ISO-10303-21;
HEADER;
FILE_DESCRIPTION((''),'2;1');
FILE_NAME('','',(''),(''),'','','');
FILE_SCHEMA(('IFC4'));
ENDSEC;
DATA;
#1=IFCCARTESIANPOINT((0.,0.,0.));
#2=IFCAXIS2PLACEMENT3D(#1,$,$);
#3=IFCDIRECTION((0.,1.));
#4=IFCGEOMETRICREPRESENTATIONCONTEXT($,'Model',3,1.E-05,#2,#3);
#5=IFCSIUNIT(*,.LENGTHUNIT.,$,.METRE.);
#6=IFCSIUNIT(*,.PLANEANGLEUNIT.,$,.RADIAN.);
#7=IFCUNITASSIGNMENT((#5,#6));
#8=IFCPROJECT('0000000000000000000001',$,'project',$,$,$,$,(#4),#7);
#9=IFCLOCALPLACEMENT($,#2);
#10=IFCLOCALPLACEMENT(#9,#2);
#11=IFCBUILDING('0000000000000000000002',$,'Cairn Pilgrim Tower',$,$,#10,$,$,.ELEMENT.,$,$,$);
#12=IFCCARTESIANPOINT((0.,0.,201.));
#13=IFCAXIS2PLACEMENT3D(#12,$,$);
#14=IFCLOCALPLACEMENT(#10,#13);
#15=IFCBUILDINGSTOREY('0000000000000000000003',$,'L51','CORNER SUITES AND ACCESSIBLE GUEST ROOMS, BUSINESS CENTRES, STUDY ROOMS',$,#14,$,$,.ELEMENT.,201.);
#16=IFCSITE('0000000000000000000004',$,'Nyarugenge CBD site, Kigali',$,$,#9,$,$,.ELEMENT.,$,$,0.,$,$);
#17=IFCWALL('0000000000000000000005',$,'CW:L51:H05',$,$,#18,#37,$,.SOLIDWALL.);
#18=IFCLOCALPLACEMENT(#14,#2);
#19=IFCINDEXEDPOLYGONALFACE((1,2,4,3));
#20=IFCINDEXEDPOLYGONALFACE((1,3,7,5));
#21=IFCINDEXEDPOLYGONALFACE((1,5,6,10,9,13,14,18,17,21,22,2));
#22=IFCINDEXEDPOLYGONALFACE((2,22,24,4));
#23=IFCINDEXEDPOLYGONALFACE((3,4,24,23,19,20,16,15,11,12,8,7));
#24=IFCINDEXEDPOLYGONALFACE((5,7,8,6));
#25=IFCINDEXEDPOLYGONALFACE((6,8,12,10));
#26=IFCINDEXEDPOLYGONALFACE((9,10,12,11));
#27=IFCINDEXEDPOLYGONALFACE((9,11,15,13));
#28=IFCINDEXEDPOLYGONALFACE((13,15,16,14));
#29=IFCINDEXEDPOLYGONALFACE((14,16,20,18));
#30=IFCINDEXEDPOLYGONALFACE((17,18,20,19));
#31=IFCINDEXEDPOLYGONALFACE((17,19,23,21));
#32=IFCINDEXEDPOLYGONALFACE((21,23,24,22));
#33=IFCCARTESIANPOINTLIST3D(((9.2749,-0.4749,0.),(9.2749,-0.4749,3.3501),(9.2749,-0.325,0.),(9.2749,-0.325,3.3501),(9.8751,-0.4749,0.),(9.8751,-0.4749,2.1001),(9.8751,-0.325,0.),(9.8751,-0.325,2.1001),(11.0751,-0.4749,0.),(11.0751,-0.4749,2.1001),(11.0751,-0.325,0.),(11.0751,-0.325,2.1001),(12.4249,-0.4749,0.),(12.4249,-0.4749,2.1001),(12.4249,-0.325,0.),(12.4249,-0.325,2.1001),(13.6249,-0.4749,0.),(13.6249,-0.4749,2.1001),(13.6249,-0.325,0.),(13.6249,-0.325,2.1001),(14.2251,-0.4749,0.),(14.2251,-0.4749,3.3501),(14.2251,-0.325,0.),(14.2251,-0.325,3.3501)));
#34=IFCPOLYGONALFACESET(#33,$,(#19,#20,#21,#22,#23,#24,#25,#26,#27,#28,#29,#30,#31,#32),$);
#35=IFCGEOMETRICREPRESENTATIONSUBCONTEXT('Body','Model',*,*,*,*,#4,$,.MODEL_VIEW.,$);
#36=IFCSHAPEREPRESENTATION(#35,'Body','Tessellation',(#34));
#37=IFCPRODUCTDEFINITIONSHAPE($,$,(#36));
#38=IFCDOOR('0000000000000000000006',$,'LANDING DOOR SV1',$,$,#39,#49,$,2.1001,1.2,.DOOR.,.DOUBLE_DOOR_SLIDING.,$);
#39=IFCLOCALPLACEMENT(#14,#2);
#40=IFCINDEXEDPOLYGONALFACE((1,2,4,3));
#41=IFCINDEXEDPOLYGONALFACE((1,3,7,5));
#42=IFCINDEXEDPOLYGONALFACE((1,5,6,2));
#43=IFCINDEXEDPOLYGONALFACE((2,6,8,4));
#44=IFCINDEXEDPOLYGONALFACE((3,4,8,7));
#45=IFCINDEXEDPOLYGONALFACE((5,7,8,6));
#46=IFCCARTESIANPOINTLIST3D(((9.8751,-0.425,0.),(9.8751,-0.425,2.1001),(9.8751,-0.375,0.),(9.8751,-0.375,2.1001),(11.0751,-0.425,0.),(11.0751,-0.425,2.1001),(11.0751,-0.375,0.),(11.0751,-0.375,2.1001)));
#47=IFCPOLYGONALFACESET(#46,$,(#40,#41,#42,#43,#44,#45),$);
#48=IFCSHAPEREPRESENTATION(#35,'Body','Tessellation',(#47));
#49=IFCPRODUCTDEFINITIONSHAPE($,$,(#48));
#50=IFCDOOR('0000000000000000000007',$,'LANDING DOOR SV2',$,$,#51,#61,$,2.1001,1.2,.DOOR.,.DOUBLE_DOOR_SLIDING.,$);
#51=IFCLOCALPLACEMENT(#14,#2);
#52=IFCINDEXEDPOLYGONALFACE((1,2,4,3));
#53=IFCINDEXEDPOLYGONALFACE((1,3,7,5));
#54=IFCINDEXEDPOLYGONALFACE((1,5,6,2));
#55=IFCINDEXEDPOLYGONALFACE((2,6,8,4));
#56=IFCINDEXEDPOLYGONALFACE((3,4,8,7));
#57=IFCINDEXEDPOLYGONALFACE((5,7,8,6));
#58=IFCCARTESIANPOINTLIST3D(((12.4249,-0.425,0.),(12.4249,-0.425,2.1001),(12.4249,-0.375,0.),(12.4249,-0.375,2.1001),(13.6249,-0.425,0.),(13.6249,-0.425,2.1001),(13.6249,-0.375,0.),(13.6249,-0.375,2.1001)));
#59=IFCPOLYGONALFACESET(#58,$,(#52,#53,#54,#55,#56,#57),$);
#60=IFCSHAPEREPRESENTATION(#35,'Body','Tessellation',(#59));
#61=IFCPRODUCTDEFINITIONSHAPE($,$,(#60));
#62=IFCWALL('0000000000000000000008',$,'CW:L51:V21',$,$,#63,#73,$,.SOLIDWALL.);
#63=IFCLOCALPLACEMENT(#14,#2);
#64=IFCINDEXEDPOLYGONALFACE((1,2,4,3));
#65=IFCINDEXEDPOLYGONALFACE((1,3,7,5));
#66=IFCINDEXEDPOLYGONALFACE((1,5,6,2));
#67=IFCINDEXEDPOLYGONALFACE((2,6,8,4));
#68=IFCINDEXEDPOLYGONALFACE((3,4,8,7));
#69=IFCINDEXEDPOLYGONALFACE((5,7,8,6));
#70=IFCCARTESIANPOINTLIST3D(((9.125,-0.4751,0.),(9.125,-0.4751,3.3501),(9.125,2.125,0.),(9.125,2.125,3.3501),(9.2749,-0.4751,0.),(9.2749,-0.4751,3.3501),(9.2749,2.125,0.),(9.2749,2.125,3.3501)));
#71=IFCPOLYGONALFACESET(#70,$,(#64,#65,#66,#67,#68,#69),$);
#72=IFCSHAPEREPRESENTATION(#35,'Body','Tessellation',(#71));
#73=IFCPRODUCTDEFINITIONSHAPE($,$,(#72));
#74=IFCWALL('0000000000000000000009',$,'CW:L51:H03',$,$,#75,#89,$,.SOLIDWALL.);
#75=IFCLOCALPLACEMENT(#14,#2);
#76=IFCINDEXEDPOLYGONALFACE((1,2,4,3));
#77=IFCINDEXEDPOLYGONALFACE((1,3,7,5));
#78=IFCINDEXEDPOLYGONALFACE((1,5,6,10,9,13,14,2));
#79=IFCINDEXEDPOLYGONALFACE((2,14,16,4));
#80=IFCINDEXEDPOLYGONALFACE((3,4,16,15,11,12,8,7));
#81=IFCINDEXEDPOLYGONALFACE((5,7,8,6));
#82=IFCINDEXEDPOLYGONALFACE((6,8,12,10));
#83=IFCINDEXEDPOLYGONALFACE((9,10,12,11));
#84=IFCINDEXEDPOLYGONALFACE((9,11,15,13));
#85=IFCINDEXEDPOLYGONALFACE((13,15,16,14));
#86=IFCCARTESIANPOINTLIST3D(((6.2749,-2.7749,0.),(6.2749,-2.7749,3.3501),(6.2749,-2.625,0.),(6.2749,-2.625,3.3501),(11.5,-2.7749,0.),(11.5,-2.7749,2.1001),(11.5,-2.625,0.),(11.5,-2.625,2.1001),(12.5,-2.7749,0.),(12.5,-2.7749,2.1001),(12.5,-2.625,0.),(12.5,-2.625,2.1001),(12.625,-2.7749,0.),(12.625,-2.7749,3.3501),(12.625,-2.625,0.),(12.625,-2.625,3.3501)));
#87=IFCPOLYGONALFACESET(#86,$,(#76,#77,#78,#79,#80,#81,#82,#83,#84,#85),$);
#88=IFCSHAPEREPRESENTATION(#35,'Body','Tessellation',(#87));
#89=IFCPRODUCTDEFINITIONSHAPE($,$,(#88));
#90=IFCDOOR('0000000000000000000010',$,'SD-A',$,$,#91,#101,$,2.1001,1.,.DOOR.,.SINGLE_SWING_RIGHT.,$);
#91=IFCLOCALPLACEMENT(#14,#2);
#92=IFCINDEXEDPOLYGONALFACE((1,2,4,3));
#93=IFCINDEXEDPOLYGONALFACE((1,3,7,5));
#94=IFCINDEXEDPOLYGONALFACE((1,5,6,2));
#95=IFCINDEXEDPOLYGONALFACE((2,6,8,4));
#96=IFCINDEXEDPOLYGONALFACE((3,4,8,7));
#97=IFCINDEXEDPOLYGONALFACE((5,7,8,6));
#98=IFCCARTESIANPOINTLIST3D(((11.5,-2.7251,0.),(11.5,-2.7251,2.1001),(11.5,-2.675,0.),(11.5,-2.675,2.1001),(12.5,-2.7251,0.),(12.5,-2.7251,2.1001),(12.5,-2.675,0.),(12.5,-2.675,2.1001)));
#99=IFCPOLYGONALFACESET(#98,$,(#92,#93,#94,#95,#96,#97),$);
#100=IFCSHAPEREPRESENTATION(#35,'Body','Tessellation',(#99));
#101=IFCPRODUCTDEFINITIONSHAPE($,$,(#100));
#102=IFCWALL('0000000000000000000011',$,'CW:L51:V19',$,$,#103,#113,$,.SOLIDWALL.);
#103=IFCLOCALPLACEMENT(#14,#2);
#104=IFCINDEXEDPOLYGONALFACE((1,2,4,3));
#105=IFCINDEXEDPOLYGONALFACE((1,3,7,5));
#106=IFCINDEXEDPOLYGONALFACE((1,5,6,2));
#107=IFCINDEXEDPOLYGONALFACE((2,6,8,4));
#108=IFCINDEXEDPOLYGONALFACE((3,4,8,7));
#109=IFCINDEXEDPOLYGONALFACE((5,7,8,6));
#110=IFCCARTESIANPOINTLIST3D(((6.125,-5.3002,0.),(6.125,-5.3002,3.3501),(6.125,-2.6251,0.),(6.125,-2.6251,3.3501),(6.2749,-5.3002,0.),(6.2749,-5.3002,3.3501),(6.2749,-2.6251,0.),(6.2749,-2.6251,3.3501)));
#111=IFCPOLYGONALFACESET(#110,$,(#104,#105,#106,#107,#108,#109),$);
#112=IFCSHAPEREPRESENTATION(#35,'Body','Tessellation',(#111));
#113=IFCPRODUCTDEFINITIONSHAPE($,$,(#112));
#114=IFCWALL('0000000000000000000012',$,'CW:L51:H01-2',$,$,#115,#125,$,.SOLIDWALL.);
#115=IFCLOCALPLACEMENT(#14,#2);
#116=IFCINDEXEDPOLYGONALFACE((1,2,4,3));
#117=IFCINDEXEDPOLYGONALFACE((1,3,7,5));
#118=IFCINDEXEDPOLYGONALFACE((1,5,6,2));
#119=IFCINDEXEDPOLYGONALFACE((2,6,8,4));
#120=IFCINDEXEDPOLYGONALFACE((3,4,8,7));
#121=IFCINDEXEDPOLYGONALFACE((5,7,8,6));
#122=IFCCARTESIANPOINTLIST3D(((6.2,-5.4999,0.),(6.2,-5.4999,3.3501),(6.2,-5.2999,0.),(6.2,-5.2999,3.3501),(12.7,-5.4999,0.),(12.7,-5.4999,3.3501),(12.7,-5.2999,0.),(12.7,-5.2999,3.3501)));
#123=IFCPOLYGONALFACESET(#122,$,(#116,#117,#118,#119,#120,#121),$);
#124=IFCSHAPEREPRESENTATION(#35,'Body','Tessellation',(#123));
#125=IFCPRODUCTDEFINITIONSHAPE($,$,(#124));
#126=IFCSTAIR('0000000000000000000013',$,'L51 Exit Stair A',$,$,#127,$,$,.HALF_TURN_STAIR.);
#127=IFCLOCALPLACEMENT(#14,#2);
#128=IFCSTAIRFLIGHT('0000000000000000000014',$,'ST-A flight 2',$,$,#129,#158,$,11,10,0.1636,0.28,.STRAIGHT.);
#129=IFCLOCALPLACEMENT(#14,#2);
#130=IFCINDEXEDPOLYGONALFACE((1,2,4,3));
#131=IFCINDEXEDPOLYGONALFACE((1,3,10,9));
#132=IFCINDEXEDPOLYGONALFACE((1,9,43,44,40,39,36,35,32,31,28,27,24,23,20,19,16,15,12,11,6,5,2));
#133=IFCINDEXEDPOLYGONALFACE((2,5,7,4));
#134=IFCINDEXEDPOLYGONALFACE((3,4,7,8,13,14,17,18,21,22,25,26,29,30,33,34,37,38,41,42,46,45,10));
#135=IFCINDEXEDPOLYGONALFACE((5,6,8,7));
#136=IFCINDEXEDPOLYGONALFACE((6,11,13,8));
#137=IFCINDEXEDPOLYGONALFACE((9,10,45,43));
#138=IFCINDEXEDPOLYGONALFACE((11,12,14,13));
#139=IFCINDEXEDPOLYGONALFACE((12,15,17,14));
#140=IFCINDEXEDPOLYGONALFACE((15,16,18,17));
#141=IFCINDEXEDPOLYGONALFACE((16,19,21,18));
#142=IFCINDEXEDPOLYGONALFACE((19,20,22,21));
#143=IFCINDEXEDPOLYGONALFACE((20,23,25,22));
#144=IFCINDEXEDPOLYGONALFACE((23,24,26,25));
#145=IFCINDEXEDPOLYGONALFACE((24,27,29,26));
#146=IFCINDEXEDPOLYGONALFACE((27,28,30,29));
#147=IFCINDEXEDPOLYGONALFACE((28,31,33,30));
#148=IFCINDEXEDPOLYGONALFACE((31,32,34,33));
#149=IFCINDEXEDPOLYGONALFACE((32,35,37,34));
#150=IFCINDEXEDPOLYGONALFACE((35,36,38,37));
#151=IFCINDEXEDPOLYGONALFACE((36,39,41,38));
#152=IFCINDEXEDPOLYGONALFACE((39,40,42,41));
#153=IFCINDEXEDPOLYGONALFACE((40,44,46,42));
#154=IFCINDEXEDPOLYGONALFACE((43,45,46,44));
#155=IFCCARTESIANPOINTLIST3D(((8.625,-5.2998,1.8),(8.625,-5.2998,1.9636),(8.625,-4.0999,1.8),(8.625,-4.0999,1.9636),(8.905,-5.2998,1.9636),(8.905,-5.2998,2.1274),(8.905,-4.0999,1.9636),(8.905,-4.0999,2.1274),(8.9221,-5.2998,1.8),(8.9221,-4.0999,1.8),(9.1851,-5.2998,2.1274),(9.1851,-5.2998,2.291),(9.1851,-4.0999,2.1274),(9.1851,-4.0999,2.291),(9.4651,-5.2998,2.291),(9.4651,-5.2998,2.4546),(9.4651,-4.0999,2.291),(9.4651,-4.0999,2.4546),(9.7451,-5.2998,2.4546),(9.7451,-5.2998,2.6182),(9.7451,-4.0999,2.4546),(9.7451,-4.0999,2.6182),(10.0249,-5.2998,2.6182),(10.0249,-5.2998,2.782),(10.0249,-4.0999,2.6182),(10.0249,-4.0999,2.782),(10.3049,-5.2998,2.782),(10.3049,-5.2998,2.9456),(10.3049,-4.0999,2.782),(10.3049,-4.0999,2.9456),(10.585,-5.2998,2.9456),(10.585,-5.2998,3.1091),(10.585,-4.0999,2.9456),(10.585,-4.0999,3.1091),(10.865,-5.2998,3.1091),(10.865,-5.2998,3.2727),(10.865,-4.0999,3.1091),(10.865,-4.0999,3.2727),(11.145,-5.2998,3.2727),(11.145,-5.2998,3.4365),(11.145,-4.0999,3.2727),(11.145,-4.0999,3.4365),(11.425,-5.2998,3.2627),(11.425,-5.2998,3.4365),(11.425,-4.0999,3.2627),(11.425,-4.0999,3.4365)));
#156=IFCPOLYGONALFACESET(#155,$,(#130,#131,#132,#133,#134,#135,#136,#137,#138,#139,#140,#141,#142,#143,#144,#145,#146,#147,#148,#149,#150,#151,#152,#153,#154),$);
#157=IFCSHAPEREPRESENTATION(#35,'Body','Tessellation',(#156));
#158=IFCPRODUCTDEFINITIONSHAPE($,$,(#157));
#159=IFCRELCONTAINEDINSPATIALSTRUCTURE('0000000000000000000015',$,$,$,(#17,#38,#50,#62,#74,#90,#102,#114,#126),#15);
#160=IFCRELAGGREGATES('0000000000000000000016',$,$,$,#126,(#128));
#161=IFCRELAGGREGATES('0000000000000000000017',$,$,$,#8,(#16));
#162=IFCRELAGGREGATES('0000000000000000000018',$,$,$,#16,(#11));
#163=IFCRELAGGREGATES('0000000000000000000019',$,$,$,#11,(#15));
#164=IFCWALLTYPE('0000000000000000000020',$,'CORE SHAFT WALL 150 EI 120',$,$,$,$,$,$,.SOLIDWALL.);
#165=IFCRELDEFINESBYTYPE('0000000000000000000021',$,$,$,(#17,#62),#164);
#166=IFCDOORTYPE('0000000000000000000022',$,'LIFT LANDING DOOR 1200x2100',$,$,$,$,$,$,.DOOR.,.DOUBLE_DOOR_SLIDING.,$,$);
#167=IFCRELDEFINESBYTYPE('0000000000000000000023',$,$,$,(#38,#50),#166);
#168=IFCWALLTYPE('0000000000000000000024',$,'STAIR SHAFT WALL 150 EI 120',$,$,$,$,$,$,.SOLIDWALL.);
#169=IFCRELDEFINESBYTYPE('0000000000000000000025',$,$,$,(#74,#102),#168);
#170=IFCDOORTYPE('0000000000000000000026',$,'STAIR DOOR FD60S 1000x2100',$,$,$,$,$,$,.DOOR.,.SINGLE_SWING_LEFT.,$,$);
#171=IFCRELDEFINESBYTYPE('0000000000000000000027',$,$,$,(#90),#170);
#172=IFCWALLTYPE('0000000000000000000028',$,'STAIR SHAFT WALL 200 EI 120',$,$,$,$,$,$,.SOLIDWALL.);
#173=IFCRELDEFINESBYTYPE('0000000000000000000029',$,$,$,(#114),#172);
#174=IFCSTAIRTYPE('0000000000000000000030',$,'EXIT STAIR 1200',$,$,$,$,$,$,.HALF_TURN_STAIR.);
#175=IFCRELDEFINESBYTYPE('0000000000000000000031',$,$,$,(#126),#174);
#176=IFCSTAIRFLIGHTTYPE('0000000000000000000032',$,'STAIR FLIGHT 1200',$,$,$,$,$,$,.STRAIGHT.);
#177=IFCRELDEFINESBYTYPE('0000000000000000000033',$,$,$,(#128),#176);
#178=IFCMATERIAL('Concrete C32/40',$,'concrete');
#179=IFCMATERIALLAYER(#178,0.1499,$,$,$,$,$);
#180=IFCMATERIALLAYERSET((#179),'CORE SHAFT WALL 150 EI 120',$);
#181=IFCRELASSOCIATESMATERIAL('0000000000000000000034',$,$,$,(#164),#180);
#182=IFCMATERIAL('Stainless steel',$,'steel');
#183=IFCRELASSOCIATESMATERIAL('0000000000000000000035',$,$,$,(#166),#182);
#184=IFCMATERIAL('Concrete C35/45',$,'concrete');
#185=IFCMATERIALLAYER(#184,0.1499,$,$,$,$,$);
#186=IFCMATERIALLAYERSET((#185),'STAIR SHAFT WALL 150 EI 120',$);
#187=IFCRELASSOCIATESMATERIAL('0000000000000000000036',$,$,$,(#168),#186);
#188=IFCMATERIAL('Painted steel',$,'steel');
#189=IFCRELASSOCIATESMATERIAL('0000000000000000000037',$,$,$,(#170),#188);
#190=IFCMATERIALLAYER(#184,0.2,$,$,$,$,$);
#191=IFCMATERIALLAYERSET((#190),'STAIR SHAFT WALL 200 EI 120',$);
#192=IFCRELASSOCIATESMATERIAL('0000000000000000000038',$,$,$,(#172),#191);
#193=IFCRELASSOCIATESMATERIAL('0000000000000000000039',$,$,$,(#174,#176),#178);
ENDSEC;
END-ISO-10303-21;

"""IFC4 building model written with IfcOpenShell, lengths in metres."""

from ifc_helpers import new_model, si_unit, direction, frame, frame_2d, origin, place, context, subcontext, project, spatial, polyline, rectangle, outline, extrude, material, layer, layer_set, type_object, element, fill, aggregate, save


model = new_model("IFC4")

# Units and contexts
model_context = context("Model", 3, precision=1e-05, world=origin(), true_north=direction((0.0, 1.0)))
body_context = subcontext(model_context, "Body", "Model", "MODEL_VIEW")
ifc_project = project(units=[si_unit("LENGTHUNIT", "METRE"), si_unit("PLANEANGLEUNIT", "RADIAN")], contexts=[model_context])

# Site, building, storey
site_placement = place(None, origin())
site = spatial("IfcSite", under=ifc_project, at=site_placement, Name="Nyarugenge CBD site, Kigali", CompositionType="ELEMENT", RefElevation=0.0)
building_placement = place(site_placement, origin())
building = spatial("IfcBuilding", under=site, at=building_placement, Name="Cairn Pilgrim Tower", CompositionType="ELEMENT")
storey_placement = place(building_placement, frame((0.0, 0.0, 201.0)))
storey = spatial("IfcBuildingStorey", under=building, at=storey_placement, Name="L51", Description="CORNER SUITES AND ACCESSIBLE GUEST ROOMS, BUSINESS CENTRES, STUDY ROOMS", CompositionType="ELEMENT", Elevation=201.0)

# Shared definitions
ifc_material_1 = material(Name="Concrete C35/45", Category="concrete")

# Shared definitions
ifc_material_2 = material(Name="Concrete C32/40", Category="concrete")

# Shared definitions
ifc_material_3 = material(Name="Painted steel", Category="steel")

# Wall, openings, doors
ifc_layer_1 = layer(ifc_material_2, 0.1499)
ifc_layer_set_1 = layer_set([ifc_layer_1], Name="CORE SHAFT WALL 150 EI 120")
wall_type_1 = type_object("IfcWallType", Name="CORE SHAFT WALL 150 EI 120", PredefinedType="SOLIDWALL", material=ifc_layer_set_1)
wall_1_placement = place(storey_placement, frame((9.2749, -0.3999, 0.0), z_axis=(0.0, 0.0, 1.0), x_axis=(1.0, 0.0, 0.0)))
wall_1 = element("IfcWall", 1, at=wall_1_placement, inside=storey, type_object=wall_type_1, Name="CW:L51:H05", PredefinedType="SOLIDWALL", context=body_context, shape_type="SweptSolid", body=[
    extrude(rectangle(XDim=4.9502, YDim=0.1499, at=frame_2d((2.4751, 0.0))), origin(), (0.0, 0.0, 1.0), 3.3501),
])
opening_1_placement = place(wall_1_placement, frame((0.6001, 0.0, 0.0)))
opening_1 = element("IfcOpeningElement", 2, at=opening_1_placement, cuts=wall_1, PredefinedType="OPENING", context=body_context, shape_type="SweptSolid", body=[
    extrude(rectangle(XDim=1.2, YDim=2.1001, at=frame_2d((0.6001, 1.05))), frame((0.0, 0.085, 0.0), z_axis=(0.0, -1.0, 0.0), x_axis=(1.0, 0.0, 0.0)), (0.0, 0.0, 1.0), 0.1699),
])
opening_2_placement = place(wall_1_placement, frame((3.1499, 0.0, 0.0)))
opening_2 = element("IfcOpeningElement", 3, at=opening_2_placement, cuts=wall_1, PredefinedType="OPENING", context=body_context, shape_type="SweptSolid", body=[
    extrude(rectangle(XDim=1.2, YDim=2.1001, at=frame_2d((0.6001, 1.05))), frame((0.0, 0.085, 0.0), z_axis=(0.0, -1.0, 0.0), x_axis=(1.0, 0.0, 0.0)), (0.0, 0.0, 1.0), 0.1699),
])
ifc_material_4 = material(Name="Stainless steel", Category="steel")
door_type_1 = type_object("IfcDoorType", Name="LIFT LANDING DOOR 1200x2100", OperationType="DOUBLE_DOOR_SLIDING", PredefinedType="DOOR", material=ifc_material_4)
door_1_placement = place(opening_1_placement, origin())
door_1 = element("IfcDoor", 4, at=door_1_placement, inside=storey, type_object=door_type_1, Name="LANDING DOOR SV1", OperationType="DOUBLE_DOOR_SLIDING", OverallHeight=2.1001, OverallWidth=1.2, PredefinedType="DOOR", context=body_context, shape_type="SweptSolid", body=[
    extrude(rectangle(XDim=1.2, YDim=2.1001, at=frame_2d((0.6001, 1.05))), frame((0.0, 0.0249, 0.0), z_axis=(0.0, -1.0, 0.0), x_axis=(1.0, 0.0, 0.0)), (0.0, 0.0, 1.0), 0.05),
])
fill(opening_1, door_1)
door_2_placement = place(opening_2_placement, origin())
door_2 = element("IfcDoor", 5, at=door_2_placement, inside=storey, type_object=door_type_1, Name="LANDING DOOR SV2", OperationType="DOUBLE_DOOR_SLIDING", OverallHeight=2.1001, OverallWidth=1.2, PredefinedType="DOOR", context=body_context, shape_type="SweptSolid", body=[
    extrude(rectangle(XDim=1.2, YDim=2.1001, at=frame_2d((0.6001, 1.05))), frame((0.0, 0.0249, 0.0), z_axis=(0.0, -1.0, 0.0), x_axis=(1.0, 0.0, 0.0)), (0.0, 0.0, 1.0), 0.05),
])
fill(opening_2, door_2)

# Wall
wall_2_placement = place(storey_placement, frame((9.2, -0.4751, 0.0), z_axis=(0.0, 0.0, 1.0), x_axis=(0.0, 1.0, 0.0)))
element("IfcWall", 6, at=wall_2_placement, inside=storey, type_object=wall_type_1, Name="CW:L51:V21", PredefinedType="SOLIDWALL", context=body_context, shape_type="SweptSolid", body=[
    extrude(rectangle(XDim=2.6001, YDim=0.1499, at=frame_2d((1.3, 0.0))), origin(), (0.0, 0.0, 1.0), 3.3501),
])

# Wall, opening, door
ifc_layer_2 = layer(ifc_material_1, 0.1499)
ifc_layer_set_2 = layer_set([ifc_layer_2], Name="STAIR SHAFT WALL 150 EI 120")
wall_type_2 = type_object("IfcWallType", Name="STAIR SHAFT WALL 150 EI 120", PredefinedType="SOLIDWALL", material=ifc_layer_set_2)
wall_3_placement = place(storey_placement, frame((6.2749, -2.7, 0.0), z_axis=(0.0, 0.0, 1.0), x_axis=(1.0, 0.0, 0.0)))
wall_3 = element("IfcWall", 7, at=wall_3_placement, inside=storey, type_object=wall_type_2, Name="CW:L51:H03", PredefinedType="SOLIDWALL", context=body_context, shape_type="SweptSolid", body=[
    extrude(rectangle(XDim=6.3501, YDim=0.1499, at=frame_2d((3.175, 0.0))), origin(), (0.0, 0.0, 1.0), 3.3501),
])
opening_3_placement = place(wall_3_placement, frame((5.2251, 0.0, 0.0)))
opening_3 = element("IfcOpeningElement", 8, at=opening_3_placement, cuts=wall_3, PredefinedType="OPENING", context=body_context, shape_type="SweptSolid", body=[
    extrude(rectangle(XDim=1.0, YDim=2.1001, at=frame_2d((0.5, 1.05))), frame((0.0, 0.085, 0.0), z_axis=(0.0, -1.0, 0.0), x_axis=(1.0, 0.0, 0.0)), (0.0, 0.0, 1.0), 0.1699),
])
door_type_2 = type_object("IfcDoorType", Name="STAIR DOOR FD60S 1000x2100", OperationType="SINGLE_SWING_LEFT", PredefinedType="DOOR", material=ifc_material_3)
door_3_placement = place(opening_3_placement, origin())
door_3 = element("IfcDoor", 9, at=door_3_placement, inside=storey, type_object=door_type_2, Name="SD-A", OperationType="SINGLE_SWING_RIGHT", OverallHeight=2.1001, OverallWidth=1.0, PredefinedType="DOOR", context=body_context, shape_type="SweptSolid", body=[
    extrude(rectangle(XDim=1.0, YDim=2.1001, at=frame_2d((0.5, 1.05))), frame((0.0, 0.0249, 0.0), z_axis=(0.0, -1.0, 0.0), x_axis=(1.0, 0.0, 0.0)), (0.0, 0.0, 1.0), 0.05),
])
fill(opening_3, door_3)

# Walls
wall_4_placement = place(storey_placement, frame((6.2, -5.3, 0.0), z_axis=(0.0, 0.0, 1.0), x_axis=(0.0, 1.0, 0.0)))
element("IfcWall", 10, at=wall_4_placement, inside=storey, type_object=wall_type_2, Name="CW:L51:V19", PredefinedType="SOLIDWALL", context=body_context, shape_type="SweptSolid", body=[
    extrude(rectangle(XDim=2.675, YDim=0.1499, at=frame_2d((1.3374, 0.0))), origin(), (0.0, 0.0, 1.0), 3.3501),
])
ifc_layer_3 = layer(ifc_material_1, 0.2)
ifc_layer_set_3 = layer_set([ifc_layer_3], Name="STAIR SHAFT WALL 200 EI 120")
wall_type_3 = type_object("IfcWallType", Name="STAIR SHAFT WALL 200 EI 120", PredefinedType="SOLIDWALL", material=ifc_layer_set_3)
wall_5_placement = place(storey_placement, frame((6.2, -5.3999, 0.0), z_axis=(0.0, 0.0, 1.0), x_axis=(1.0, 0.0, 0.0)))
element("IfcWall", 11, at=wall_5_placement, inside=storey, type_object=wall_type_3, Name="CW:L51:H01-2", PredefinedType="SOLIDWALL", context=body_context, shape_type="SweptSolid", body=[
    extrude(rectangle(XDim=6.5, YDim=0.2, at=frame_2d((3.25, 0.0))), origin(), (0.0, 0.0, 1.0), 3.3501),
])

# Stair, stair flight
stair_type = type_object("IfcStairType", Name="EXIT STAIR 1200", PredefinedType="HALF_TURN_STAIR", material=ifc_material_2)
stair_placement = place(storey_placement, origin())
stair = element("IfcStair", 12, at=stair_placement, inside=storey, type_object=stair_type, Name="L51 Exit Stair A", PredefinedType="HALF_TURN_STAIR")
stair_flight_type = type_object("IfcStairFlightType", Name="STAIR FLIGHT 1200", PredefinedType="STRAIGHT", material=ifc_material_2)
stair_flight_placement = place(storey_placement, frame((8.625, -4.7, 1.8), z_axis=(0.0, 0.0, 1.0), x_axis=(1.0, 0.0, 0.0)))
stair_flight = element("IfcStairFlight", 13, at=stair_flight_placement, type_object=stair_flight_type, Name="ST-A flight 2", NumberOfRisers=11, NumberOfTreads=10, PredefinedType="STRAIGHT", RiserHeight=0.1636, TreadLength=0.28, context=body_context, shape_type="SweptSolid", body=[
    extrude(outline(polyline([(0.0, 0.0), (0.0, 0.1636), (0.28, 0.1636), (0.28, 0.3274), (0.5601, 0.3274), (0.5601, 0.491), (0.8401, 0.491), (0.8401, 0.6545), (1.1201, 0.6545), (1.1201, 0.8181), (1.3999, 0.8181), (1.3999, 0.9819), (1.6799, 0.9819), (1.6799, 1.1455), (1.96, 1.1455), (1.96, 1.3091), (2.24, 1.3091), (2.24, 1.4727), (2.52, 1.4727), (2.52, 1.6365), (2.8, 1.6365), (2.8, 1.8), (2.8, 1.4626), (0.2971, 0.0), (0.0, 0.0)])), frame((0.0, 0.6001, 0.0), z_axis=(0.0, -1.0, 0.0), x_axis=(1.0, 0.0, 0.0)), (0.0, 0.0, 1.0), 1.2),
])
aggregate(stair, [stair_flight])

save(model, "model.ifc")
